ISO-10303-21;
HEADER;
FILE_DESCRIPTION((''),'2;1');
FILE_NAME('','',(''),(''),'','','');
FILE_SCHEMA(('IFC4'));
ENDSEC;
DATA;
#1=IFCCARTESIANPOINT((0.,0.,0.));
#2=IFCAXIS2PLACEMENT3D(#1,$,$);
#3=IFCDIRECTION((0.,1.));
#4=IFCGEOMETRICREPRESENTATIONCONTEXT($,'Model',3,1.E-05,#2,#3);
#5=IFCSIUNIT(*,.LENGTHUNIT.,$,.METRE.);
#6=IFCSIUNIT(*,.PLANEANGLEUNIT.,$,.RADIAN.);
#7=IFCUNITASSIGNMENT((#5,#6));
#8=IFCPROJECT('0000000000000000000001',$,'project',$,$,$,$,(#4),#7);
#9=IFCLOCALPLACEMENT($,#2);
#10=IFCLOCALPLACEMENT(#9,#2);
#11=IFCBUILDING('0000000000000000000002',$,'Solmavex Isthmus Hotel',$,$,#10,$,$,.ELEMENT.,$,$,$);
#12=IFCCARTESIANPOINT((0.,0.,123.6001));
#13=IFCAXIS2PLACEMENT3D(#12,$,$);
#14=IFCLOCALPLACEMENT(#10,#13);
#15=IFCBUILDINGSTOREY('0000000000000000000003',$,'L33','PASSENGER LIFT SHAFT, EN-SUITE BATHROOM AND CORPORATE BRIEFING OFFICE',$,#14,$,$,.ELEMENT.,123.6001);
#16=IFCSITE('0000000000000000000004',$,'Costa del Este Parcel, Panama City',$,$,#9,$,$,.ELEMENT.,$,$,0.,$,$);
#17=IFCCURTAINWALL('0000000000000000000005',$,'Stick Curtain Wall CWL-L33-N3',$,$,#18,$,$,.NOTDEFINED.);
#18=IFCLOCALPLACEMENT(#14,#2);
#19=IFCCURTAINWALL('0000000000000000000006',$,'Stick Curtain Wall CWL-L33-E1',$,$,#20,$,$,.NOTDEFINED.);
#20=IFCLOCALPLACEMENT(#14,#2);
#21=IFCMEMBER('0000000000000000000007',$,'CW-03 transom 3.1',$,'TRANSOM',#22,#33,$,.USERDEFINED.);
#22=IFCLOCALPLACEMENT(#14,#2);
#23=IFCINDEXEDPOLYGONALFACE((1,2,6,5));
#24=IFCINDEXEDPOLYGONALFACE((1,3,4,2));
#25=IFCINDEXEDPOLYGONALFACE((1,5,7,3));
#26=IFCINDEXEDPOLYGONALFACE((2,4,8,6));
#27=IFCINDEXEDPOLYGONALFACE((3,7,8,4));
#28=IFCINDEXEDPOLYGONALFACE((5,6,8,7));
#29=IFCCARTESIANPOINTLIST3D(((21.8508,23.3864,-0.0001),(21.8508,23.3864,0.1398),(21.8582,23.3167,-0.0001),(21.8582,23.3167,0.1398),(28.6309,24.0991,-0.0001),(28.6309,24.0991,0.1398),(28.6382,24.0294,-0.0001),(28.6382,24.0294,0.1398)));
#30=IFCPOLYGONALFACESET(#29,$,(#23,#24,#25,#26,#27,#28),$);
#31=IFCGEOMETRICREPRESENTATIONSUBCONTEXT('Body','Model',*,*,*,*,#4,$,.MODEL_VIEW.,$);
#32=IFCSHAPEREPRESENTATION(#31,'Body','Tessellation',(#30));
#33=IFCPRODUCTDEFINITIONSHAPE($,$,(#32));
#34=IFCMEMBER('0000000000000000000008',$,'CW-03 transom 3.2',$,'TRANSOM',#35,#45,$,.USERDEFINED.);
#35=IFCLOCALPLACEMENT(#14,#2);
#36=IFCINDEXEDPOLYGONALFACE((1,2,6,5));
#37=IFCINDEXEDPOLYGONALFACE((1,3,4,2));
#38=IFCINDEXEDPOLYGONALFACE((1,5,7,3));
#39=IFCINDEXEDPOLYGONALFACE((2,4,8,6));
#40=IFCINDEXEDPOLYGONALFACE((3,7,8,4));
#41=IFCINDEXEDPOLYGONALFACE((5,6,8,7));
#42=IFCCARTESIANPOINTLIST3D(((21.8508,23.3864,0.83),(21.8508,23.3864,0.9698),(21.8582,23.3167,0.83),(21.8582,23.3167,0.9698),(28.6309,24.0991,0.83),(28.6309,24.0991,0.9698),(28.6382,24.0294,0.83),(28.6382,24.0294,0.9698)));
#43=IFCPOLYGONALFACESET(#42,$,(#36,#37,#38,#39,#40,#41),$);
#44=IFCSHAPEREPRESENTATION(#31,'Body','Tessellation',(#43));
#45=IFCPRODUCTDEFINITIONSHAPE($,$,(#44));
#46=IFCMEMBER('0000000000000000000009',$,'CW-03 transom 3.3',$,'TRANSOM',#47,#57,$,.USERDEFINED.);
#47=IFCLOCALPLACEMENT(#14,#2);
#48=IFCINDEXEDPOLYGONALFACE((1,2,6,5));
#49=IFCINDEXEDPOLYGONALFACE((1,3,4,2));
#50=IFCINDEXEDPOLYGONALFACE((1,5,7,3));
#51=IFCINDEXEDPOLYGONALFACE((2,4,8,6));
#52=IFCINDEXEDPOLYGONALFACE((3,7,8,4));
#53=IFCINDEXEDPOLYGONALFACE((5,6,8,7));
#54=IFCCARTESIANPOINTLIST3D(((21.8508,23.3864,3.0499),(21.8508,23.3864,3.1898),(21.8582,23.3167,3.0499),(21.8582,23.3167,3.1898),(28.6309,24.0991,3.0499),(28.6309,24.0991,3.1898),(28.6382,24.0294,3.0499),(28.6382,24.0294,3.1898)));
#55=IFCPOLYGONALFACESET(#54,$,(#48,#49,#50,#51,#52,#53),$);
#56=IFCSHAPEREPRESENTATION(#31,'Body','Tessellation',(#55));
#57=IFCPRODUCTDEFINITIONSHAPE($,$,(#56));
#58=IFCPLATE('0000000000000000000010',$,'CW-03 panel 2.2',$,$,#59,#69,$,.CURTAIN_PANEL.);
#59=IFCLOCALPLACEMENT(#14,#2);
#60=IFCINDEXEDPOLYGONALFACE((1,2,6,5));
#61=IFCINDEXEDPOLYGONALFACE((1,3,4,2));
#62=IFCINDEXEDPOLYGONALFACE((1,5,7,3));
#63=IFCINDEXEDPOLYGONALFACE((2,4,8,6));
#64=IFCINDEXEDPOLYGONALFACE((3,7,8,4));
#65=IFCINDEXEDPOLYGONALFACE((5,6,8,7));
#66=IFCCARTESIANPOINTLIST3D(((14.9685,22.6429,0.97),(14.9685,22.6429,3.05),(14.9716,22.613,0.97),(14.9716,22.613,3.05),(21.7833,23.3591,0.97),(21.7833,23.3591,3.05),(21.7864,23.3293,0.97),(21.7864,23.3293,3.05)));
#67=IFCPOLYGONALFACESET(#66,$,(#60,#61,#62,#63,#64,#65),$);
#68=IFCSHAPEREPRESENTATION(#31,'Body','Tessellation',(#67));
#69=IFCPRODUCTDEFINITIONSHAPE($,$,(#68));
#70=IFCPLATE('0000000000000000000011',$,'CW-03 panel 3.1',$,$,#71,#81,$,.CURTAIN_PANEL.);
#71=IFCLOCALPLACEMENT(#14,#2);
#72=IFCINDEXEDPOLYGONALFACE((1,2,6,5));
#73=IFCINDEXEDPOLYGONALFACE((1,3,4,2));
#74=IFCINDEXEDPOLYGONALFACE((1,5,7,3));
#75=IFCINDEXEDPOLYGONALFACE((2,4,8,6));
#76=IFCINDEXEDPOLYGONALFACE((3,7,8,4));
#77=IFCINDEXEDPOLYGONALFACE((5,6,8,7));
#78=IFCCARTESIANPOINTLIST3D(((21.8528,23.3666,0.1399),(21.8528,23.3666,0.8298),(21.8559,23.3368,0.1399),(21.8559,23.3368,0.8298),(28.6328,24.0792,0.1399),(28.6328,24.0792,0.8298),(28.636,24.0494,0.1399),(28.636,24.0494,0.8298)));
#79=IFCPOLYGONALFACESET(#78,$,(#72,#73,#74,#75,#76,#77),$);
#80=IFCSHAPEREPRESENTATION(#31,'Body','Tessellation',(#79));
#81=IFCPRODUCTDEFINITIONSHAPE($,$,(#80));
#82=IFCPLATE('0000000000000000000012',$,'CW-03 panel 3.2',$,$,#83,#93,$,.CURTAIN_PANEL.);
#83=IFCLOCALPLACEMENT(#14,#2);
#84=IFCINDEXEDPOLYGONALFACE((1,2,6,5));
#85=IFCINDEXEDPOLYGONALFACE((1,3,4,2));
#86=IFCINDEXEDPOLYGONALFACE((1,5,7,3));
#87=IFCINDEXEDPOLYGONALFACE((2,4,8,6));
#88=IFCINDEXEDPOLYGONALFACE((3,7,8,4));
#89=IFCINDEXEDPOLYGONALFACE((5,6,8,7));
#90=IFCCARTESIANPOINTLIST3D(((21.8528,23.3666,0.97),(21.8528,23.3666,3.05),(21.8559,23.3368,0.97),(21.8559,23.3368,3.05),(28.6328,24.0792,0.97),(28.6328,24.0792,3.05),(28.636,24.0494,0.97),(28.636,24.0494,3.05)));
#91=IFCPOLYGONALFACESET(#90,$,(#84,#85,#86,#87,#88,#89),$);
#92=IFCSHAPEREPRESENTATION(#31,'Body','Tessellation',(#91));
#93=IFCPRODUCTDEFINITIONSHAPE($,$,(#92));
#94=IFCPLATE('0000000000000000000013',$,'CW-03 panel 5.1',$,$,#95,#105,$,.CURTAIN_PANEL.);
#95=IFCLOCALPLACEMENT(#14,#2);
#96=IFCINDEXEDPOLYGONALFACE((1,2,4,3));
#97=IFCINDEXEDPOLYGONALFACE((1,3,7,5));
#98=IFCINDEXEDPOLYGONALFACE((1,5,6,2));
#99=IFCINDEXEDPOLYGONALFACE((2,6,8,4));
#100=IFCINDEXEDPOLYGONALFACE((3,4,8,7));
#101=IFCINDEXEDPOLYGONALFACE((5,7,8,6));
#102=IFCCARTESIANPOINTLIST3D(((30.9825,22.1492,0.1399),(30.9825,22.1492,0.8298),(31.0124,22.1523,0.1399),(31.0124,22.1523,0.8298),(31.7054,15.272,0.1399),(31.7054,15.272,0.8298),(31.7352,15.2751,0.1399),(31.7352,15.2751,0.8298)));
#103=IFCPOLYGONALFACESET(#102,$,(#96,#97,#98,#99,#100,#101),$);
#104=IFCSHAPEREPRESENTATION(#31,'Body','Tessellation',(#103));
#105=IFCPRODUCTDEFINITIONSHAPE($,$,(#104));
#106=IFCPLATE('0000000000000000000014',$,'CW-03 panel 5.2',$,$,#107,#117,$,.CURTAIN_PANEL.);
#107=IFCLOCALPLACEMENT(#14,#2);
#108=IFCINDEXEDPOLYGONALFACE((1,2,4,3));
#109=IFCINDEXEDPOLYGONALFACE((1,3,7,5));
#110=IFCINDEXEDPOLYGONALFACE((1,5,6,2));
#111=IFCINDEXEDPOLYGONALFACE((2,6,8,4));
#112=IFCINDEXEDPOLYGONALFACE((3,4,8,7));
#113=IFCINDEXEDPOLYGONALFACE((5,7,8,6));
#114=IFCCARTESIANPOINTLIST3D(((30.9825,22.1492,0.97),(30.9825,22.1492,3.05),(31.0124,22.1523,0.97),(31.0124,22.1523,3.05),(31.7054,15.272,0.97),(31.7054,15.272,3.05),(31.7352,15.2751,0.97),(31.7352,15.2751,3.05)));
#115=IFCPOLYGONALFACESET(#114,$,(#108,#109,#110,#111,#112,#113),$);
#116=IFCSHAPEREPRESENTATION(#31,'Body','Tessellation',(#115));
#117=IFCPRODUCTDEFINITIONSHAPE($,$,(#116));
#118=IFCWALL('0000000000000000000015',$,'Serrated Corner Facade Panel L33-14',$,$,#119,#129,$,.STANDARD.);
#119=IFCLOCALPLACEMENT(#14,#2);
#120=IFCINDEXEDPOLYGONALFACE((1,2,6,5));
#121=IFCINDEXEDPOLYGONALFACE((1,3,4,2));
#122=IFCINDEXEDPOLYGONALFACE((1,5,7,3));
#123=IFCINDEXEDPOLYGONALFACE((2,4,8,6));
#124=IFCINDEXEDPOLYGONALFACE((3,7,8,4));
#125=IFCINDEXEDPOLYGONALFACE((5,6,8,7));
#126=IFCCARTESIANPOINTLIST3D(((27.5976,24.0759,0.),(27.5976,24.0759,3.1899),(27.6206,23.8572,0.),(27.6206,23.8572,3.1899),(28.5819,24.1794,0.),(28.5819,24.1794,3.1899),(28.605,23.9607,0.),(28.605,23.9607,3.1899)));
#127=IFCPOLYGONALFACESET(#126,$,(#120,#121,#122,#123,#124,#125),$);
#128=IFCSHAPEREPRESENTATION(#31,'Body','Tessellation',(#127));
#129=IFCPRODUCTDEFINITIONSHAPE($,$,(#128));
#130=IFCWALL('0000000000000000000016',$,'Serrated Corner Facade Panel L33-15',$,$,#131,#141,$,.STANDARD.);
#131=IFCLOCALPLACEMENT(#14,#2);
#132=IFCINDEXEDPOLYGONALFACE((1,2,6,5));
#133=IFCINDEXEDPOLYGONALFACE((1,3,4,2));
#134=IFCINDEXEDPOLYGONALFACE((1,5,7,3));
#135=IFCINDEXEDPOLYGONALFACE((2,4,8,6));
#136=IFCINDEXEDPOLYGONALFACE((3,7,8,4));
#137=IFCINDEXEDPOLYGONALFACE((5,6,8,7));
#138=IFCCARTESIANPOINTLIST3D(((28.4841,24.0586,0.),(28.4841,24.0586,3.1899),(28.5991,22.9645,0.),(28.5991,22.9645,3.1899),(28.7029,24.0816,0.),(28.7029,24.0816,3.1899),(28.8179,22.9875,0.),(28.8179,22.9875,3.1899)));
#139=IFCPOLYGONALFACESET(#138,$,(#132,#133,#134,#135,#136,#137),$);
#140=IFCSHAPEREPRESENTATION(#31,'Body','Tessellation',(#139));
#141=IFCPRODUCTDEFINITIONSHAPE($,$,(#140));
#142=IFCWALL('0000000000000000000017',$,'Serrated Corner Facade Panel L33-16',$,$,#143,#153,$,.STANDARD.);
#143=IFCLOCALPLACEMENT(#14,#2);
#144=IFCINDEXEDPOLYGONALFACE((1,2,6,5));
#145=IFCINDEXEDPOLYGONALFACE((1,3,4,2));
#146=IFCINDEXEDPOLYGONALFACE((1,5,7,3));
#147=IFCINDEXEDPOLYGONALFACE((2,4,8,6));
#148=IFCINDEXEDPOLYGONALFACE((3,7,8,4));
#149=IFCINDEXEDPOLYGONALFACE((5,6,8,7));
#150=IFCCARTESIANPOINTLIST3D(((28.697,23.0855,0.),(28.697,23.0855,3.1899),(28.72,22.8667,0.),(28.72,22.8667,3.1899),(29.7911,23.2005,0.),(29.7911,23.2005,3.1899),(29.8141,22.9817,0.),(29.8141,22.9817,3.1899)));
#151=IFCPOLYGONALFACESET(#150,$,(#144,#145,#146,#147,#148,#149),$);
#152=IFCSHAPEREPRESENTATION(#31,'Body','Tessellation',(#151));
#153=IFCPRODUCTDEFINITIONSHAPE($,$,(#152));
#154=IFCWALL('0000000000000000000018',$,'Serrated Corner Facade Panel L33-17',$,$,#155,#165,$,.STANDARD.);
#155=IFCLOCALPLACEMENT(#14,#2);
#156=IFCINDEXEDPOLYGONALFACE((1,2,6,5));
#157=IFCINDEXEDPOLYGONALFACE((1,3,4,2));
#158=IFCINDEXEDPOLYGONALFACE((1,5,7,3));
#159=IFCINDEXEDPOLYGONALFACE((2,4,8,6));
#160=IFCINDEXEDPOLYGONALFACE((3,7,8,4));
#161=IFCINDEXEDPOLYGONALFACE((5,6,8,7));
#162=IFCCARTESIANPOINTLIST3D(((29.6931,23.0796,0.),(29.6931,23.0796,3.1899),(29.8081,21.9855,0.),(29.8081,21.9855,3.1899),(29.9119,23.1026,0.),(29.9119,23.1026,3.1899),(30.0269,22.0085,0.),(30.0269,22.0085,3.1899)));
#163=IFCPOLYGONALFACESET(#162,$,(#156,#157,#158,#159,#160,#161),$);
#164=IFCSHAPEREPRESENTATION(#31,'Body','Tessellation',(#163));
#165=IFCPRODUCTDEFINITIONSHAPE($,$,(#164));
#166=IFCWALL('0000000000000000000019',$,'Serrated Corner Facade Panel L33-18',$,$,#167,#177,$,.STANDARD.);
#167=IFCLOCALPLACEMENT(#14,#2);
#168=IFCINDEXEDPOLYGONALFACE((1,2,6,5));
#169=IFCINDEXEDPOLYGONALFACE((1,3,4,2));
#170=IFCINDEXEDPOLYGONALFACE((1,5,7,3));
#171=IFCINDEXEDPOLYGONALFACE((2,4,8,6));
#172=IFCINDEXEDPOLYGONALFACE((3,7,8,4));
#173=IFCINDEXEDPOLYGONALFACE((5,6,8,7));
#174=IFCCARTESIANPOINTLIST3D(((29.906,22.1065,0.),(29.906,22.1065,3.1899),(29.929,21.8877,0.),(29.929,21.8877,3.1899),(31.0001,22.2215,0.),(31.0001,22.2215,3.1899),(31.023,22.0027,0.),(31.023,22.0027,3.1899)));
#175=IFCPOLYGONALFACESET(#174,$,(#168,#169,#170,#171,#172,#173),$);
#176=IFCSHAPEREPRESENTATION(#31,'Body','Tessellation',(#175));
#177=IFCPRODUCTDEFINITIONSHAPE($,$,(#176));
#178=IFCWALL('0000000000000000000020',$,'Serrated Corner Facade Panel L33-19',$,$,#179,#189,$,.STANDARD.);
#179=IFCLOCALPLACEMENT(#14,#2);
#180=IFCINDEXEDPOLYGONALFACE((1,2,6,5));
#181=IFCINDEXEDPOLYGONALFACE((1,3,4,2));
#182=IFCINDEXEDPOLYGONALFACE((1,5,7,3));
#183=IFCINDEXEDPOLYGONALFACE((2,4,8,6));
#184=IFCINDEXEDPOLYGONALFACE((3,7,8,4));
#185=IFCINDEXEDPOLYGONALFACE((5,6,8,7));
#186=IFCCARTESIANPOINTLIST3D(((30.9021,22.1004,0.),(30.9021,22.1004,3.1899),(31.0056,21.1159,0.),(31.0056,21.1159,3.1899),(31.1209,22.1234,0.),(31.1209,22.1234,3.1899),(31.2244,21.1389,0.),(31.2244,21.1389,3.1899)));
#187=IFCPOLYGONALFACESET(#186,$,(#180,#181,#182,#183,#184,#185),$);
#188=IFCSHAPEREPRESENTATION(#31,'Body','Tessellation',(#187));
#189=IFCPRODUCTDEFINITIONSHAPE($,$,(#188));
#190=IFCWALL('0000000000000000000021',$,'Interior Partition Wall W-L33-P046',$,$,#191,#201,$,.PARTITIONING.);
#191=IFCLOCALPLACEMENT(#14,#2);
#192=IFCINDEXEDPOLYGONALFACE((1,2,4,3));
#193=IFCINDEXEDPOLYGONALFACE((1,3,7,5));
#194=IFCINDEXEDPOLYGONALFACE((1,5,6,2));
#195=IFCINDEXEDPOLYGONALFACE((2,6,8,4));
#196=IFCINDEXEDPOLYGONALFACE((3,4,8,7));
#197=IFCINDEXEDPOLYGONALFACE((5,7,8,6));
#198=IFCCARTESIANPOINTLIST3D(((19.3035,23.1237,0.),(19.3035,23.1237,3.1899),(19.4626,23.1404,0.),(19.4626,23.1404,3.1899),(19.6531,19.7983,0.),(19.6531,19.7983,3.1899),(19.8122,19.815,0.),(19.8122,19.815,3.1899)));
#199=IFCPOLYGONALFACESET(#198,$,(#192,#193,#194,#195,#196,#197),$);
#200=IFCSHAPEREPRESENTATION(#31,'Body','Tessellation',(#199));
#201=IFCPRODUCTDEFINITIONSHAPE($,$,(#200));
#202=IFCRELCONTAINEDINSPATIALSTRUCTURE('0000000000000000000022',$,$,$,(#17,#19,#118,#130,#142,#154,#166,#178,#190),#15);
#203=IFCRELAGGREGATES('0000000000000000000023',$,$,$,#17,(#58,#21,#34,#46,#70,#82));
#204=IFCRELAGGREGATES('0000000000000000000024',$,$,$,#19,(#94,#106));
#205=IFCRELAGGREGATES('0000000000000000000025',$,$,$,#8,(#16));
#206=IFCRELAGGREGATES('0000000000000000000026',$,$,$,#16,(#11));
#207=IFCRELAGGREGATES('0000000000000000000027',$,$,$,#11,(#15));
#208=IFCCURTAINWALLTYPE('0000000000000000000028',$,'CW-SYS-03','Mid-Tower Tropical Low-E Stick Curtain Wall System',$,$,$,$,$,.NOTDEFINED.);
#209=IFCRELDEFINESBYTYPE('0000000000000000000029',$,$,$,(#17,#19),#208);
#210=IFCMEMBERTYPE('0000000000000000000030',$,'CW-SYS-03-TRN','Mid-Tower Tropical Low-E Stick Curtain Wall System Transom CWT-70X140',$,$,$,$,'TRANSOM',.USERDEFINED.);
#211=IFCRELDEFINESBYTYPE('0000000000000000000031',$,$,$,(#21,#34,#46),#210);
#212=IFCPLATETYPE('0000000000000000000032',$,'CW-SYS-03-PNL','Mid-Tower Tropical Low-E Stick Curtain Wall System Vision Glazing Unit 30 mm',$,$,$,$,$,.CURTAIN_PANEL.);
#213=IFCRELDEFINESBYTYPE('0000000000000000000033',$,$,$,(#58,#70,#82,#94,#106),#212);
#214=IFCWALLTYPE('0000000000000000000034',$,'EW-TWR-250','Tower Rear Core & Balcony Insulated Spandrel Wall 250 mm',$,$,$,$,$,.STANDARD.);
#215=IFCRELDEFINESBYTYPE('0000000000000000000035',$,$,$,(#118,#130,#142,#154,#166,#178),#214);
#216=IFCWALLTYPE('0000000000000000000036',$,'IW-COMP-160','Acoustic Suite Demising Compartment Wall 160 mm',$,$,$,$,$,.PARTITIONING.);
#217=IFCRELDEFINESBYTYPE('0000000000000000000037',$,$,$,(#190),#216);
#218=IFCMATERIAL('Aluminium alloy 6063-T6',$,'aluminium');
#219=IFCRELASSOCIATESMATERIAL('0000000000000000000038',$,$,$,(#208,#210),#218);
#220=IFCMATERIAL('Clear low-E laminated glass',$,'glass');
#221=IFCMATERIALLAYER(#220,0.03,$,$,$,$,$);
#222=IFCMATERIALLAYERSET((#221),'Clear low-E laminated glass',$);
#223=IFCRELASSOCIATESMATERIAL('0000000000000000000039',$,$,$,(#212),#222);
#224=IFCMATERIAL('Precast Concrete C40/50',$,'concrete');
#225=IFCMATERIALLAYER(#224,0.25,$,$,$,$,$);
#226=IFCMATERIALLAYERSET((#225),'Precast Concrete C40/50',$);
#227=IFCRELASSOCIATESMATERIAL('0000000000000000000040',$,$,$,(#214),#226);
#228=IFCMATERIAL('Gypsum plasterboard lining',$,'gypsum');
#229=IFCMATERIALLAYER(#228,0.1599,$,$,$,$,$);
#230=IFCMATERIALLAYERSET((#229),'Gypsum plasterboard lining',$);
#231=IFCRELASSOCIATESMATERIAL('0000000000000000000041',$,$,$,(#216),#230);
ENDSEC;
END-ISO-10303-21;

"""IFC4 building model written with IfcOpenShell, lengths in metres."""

from ifc_helpers import new_model, si_unit, direction, frame, frame_2d, origin, origin_2d, place, context, subcontext, project, spatial, rectangle, extrude, material, layer, layer_set, material_profile, profile_set, type_object, element, aggregate, save


model = new_model("IFC4")

# Units and contexts
model_context = context("Model", 3, precision=1e-05, world=origin(), true_north=direction((0.0, 1.0)))
body_context = subcontext(model_context, "Body", "Model", "MODEL_VIEW")
ifc_project = project(units=[si_unit("LENGTHUNIT", "METRE"), si_unit("PLANEANGLEUNIT", "RADIAN")], contexts=[model_context])

# Site, building, storey
site_placement = place(None, origin())
site = spatial("IfcSite", under=ifc_project, at=site_placement, Name="Costa del Este Parcel, Panama City", CompositionType="ELEMENT", RefElevation=0.0)
building_placement = place(site_placement, origin())
building = spatial("IfcBuilding", under=site, at=building_placement, Name="Solmavex Isthmus Hotel", CompositionType="ELEMENT")
storey_placement = place(building_placement, frame((0.0, 0.0, 123.6001)))
storey = spatial("IfcBuildingStorey", under=building, at=storey_placement, Name="L33", Description="PASSENGER LIFT SHAFT, EN-SUITE BATHROOM AND CORPORATE BRIEFING OFFICE", CompositionType="ELEMENT", Elevation=123.6001)

# Curtain wall
ifc_material_1 = material(Name="Aluminium alloy 6063-T6", Category="aluminium")
curtain_wall_type = type_object("IfcCurtainWallType", Name="CW-SYS-03", Description="Mid-Tower Tropical Low-E Stick Curtain Wall System", PredefinedType="NOTDEFINED", material=ifc_material_1)
curtain_wall_1_placement = place(storey_placement, origin())
curtain_wall_1 = element("IfcCurtainWall", 1, at=curtain_wall_1_placement, inside=storey, type_object=curtain_wall_type, Name="Stick Curtain Wall CWL-L33-N3", PredefinedType="NOTDEFINED")

# Curtain wall
curtain_wall_2_placement = place(storey_placement, origin())
curtain_wall_2 = element("IfcCurtainWall", 2, at=curtain_wall_2_placement, inside=storey, type_object=curtain_wall_type, Name="Stick Curtain Wall CWL-L33-E1", PredefinedType="NOTDEFINED")

# Members
ifc_material_profile_1 = material_profile(ifc_material_1, rectangle(XDim=0.0701, YDim=0.1399, at=origin_2d()), Name="CWT-70X140")
ifc_profile_set_1 = profile_set([ifc_material_profile_1], Name="Aluminium alloy 6063-T6")
member_type_1 = type_object("IfcMemberType", Name="CW-SYS-03-TRN", Description="Mid-Tower Tropical Low-E Stick Curtain Wall System Transom CWT-70X140", ElementType="TRANSOM", PredefinedType="USERDEFINED", material=ifc_profile_set_1)
member_1_placement = place(storey_placement, frame((21.8545, 23.3516, 0.0698), z_axis=(0.994521, 0.104534, 0.0), x_axis=(-0.104534, 0.994521, 0.0)))
member_1 = element("IfcMember", 3, at=member_1_placement, type_object=member_type_1, Name="CW-03 transom 3.1", ObjectType="TRANSOM", PredefinedType="USERDEFINED", context=body_context, shape_type="SweptSolid", body=[
    extrude(rectangle(XDim=0.0701, YDim=0.1399, at=origin_2d()), origin(), (0.0, 0.0, 1.0), 6.8174),
])
member_2_placement = place(storey_placement, frame((21.8545, 23.3516, 0.8999), z_axis=(0.994521, 0.104534, 0.0), x_axis=(-0.104534, 0.994521, 0.0)))
member_2 = element("IfcMember", 4, at=member_2_placement, type_object=member_type_1, Name="CW-03 transom 3.2", ObjectType="TRANSOM", PredefinedType="USERDEFINED", context=body_context, shape_type="SweptSolid", body=[
    extrude(rectangle(XDim=0.0701, YDim=0.1399, at=origin_2d()), origin(), (0.0, 0.0, 1.0), 6.8174),
])
member_3_placement = place(storey_placement, frame((21.8545, 23.3516, 3.1199), z_axis=(0.994521, 0.104534, 0.0), x_axis=(-0.104534, 0.994521, 0.0)))
member_3 = element("IfcMember", 5, at=member_3_placement, type_object=member_type_1, Name="CW-03 transom 3.3", ObjectType="TRANSOM", PredefinedType="USERDEFINED", context=body_context, shape_type="SweptSolid", body=[
    extrude(rectangle(XDim=0.0701, YDim=0.1399, at=origin_2d()), origin(), (0.0, 0.0, 1.0), 6.8174),
])

# Plates
ifc_material_2 = material(Name="Clear low-E laminated glass", Category="glass")
ifc_layer_1 = layer(ifc_material_2, 0.03)
ifc_layer_set_1 = layer_set([ifc_layer_1], Name="Clear low-E laminated glass")
plate_type = type_object("IfcPlateType", Name="CW-SYS-03-PNL", Description="Mid-Tower Tropical Low-E Stick Curtain Wall System Vision Glazing Unit 30 mm", PredefinedType="CURTAIN_PANEL", material=ifc_layer_set_1)
plate_1_placement = place(storey_placement, frame((18.3774, 22.9861, 0.97), z_axis=(0.0, 0.0, 1.0), x_axis=(0.994522, 0.104528, 0.0)))
plate_1 = element("IfcPlate", 6, at=plate_1_placement, type_object=plate_type, Name="CW-03 panel 2.2", PredefinedType="CURTAIN_PANEL", context=body_context, shape_type="SweptSolid", body=[
    extrude(rectangle(XDim=6.8523, YDim=0.03, at=origin_2d()), origin(), (0.0, 0.0, 1.0), 2.0801),
])
plate_2_placement = place(storey_placement, frame((25.2444, 23.708, 0.1399), z_axis=(0.0, 0.0, 1.0), x_axis=(0.994522, 0.104528, 0.0)))
plate_2 = element("IfcPlate", 7, at=plate_2_placement, type_object=plate_type, Name="CW-03 panel 3.1", PredefinedType="CURTAIN_PANEL", context=body_context, shape_type="SweptSolid", body=[
    extrude(rectangle(XDim=6.8174, YDim=0.03, at=origin_2d()), origin(), (0.0, 0.0, 1.0), 0.6899),
])
plate_3_placement = place(storey_placement, frame((25.2444, 23.708, 0.97), z_axis=(0.0, 0.0, 1.0), x_axis=(0.994522, 0.104528, 0.0)))
plate_3 = element("IfcPlate", 8, at=plate_3_placement, type_object=plate_type, Name="CW-03 panel 3.2", PredefinedType="CURTAIN_PANEL", context=body_context, shape_type="SweptSolid", body=[
    extrude(rectangle(XDim=6.8174, YDim=0.03, at=origin_2d()), origin(), (0.0, 0.0, 1.0), 2.0801),
])
aggregate(curtain_wall_1, [plate_1, member_1, member_2, member_3, plate_2, plate_3])
plate_4_placement = place(storey_placement, frame((31.3589, 18.7122, 0.1399), z_axis=(0.0, 0.0, 1.0), x_axis=(-0.104528, 0.994522, 0.0)))
plate_4 = element("IfcPlate", 9, at=plate_4_placement, type_object=plate_type, Name="CW-03 panel 5.1", PredefinedType="CURTAIN_PANEL", context=body_context, shape_type="SweptSolid", body=[
    extrude(rectangle(XDim=6.915, YDim=0.03, at=origin_2d()), origin(), (0.0, 0.0, 1.0), 0.6899),
])
plate_5_placement = place(storey_placement, frame((31.3589, 18.7122, 0.97), z_axis=(0.0, 0.0, 1.0), x_axis=(-0.104528, 0.994522, 0.0)))
plate_5 = element("IfcPlate", 10, at=plate_5_placement, type_object=plate_type, Name="CW-03 panel 5.2", PredefinedType="CURTAIN_PANEL", context=body_context, shape_type="SweptSolid", body=[
    extrude(rectangle(XDim=6.915, YDim=0.03, at=origin_2d()), origin(), (0.0, 0.0, 1.0), 2.0801),
])
aggregate(curtain_wall_2, [plate_4, plate_5])

# Walls
ifc_material_3 = material(Name="Precast Concrete C40/50", Category="concrete")
ifc_layer_2 = layer(ifc_material_3, 0.25)
ifc_layer_set_2 = layer_set([ifc_layer_2], Name="Precast Concrete C40/50")
wall_type_1 = type_object("IfcWallType", Name="EW-TWR-250", Description="Tower Rear Core & Balcony Insulated Spandrel Wall 250 mm", PredefinedType="STANDARD", material=ifc_layer_set_2)
wall_1_placement = place(storey_placement, frame((27.6091, 23.9666, 0.0), z_axis=(0.0, 0.0, 1.0), x_axis=(0.994516, 0.104582, 0.0)))
element("IfcWall", 11, at=wall_1_placement, inside=storey, type_object=wall_type_1, Name="Serrated Corner Facade Panel L33-14", PredefinedType="STANDARD", context=body_context, shape_type="SweptSolid", body=[
    extrude(rectangle(XDim=0.9897, YDim=0.22, at=frame_2d((0.4949, 0.0))), origin(), (0.0, 0.0, 1.0), 3.1899),
])
for number, where, z_axis, x_axis, name in (
    (12, (28.5935, 24.0701, 0.0), (0.0, 0.0, 1.0), (0.104535, -0.994521, 0.0), "Serrated Corner Facade Panel L33-15"),
    (13, (28.7085, 22.9761, 0.0), (0.0, 0.0, 1.0), (0.994521, 0.104535, 0.0), "Serrated Corner Facade Panel L33-16"),
    (14, (29.8025, 23.0911, 0.0), (0.0, 0.0, 1.0), (0.104535, -0.994521, 0.0), "Serrated Corner Facade Panel L33-17"),
    (15, (29.9175, 21.9971, 0.0), (0.0, 0.0, 1.0), (0.994521, 0.104535, 0.0), "Serrated Corner Facade Panel L33-18"),
):
    element("IfcWall", number, at=place(storey_placement, frame(where, z_axis=z_axis, x_axis=x_axis)), inside=storey, type_object=wall_type_1, Name=name, PredefinedType="STANDARD", context=body_context, shape_type="SweptSolid", body=[
        extrude(rectangle(XDim=1.1001, YDim=0.22, at=frame_2d((0.55, 0.0))), origin(), (0.0, 0.0, 1.0), 3.1899),
    ])
wall_2_placement = place(storey_placement, frame((31.0115, 22.1121, 0.0), z_axis=(0.0, 0.0, 1.0), x_axis=(0.104556, -0.994519, 0.0)))
element("IfcWall", 16, at=wall_2_placement, inside=storey, type_object=wall_type_1, Name="Serrated Corner Facade Panel L33-19", PredefinedType="STANDARD", context=body_context, shape_type="SweptSolid", body=[
    extrude(rectangle(XDim=0.99, YDim=0.22, at=frame_2d((0.4951, 0.0))), origin(), (0.0, 0.0, 1.0), 3.1899),
])
ifc_material_4 = material(Name="Gypsum plasterboard lining", Category="gypsum")
ifc_layer_3 = layer(ifc_material_4, 0.1599)
ifc_layer_set_3 = layer_set([ifc_layer_3], Name="Gypsum plasterboard lining")
wall_type_2 = type_object("IfcWallType", Name="IW-COMP-160", Description="Acoustic Suite Demising Compartment Wall 160 mm", PredefinedType="PARTITIONING", material=ifc_layer_set_3)
wall_3_placement = place(storey_placement, frame((19.3831, 23.1321, 0.0), z_axis=(0.0, 0.0, 1.0), x_axis=(0.104556, -0.994519, 0.0)))
element("IfcWall", 17, at=wall_3_placement, inside=storey, type_object=wall_type_2, Name="Interior Partition Wall W-L33-P046", PredefinedType="PARTITIONING", context=body_context, shape_type="SweptSolid", body=[
    extrude(rectangle(XDim=3.3438, YDim=0.1599, at=frame_2d((1.6719, 0.0))), origin(), (0.0, 0.0, 1.0), 3.1899),
])

save(model, "model.ifc")
